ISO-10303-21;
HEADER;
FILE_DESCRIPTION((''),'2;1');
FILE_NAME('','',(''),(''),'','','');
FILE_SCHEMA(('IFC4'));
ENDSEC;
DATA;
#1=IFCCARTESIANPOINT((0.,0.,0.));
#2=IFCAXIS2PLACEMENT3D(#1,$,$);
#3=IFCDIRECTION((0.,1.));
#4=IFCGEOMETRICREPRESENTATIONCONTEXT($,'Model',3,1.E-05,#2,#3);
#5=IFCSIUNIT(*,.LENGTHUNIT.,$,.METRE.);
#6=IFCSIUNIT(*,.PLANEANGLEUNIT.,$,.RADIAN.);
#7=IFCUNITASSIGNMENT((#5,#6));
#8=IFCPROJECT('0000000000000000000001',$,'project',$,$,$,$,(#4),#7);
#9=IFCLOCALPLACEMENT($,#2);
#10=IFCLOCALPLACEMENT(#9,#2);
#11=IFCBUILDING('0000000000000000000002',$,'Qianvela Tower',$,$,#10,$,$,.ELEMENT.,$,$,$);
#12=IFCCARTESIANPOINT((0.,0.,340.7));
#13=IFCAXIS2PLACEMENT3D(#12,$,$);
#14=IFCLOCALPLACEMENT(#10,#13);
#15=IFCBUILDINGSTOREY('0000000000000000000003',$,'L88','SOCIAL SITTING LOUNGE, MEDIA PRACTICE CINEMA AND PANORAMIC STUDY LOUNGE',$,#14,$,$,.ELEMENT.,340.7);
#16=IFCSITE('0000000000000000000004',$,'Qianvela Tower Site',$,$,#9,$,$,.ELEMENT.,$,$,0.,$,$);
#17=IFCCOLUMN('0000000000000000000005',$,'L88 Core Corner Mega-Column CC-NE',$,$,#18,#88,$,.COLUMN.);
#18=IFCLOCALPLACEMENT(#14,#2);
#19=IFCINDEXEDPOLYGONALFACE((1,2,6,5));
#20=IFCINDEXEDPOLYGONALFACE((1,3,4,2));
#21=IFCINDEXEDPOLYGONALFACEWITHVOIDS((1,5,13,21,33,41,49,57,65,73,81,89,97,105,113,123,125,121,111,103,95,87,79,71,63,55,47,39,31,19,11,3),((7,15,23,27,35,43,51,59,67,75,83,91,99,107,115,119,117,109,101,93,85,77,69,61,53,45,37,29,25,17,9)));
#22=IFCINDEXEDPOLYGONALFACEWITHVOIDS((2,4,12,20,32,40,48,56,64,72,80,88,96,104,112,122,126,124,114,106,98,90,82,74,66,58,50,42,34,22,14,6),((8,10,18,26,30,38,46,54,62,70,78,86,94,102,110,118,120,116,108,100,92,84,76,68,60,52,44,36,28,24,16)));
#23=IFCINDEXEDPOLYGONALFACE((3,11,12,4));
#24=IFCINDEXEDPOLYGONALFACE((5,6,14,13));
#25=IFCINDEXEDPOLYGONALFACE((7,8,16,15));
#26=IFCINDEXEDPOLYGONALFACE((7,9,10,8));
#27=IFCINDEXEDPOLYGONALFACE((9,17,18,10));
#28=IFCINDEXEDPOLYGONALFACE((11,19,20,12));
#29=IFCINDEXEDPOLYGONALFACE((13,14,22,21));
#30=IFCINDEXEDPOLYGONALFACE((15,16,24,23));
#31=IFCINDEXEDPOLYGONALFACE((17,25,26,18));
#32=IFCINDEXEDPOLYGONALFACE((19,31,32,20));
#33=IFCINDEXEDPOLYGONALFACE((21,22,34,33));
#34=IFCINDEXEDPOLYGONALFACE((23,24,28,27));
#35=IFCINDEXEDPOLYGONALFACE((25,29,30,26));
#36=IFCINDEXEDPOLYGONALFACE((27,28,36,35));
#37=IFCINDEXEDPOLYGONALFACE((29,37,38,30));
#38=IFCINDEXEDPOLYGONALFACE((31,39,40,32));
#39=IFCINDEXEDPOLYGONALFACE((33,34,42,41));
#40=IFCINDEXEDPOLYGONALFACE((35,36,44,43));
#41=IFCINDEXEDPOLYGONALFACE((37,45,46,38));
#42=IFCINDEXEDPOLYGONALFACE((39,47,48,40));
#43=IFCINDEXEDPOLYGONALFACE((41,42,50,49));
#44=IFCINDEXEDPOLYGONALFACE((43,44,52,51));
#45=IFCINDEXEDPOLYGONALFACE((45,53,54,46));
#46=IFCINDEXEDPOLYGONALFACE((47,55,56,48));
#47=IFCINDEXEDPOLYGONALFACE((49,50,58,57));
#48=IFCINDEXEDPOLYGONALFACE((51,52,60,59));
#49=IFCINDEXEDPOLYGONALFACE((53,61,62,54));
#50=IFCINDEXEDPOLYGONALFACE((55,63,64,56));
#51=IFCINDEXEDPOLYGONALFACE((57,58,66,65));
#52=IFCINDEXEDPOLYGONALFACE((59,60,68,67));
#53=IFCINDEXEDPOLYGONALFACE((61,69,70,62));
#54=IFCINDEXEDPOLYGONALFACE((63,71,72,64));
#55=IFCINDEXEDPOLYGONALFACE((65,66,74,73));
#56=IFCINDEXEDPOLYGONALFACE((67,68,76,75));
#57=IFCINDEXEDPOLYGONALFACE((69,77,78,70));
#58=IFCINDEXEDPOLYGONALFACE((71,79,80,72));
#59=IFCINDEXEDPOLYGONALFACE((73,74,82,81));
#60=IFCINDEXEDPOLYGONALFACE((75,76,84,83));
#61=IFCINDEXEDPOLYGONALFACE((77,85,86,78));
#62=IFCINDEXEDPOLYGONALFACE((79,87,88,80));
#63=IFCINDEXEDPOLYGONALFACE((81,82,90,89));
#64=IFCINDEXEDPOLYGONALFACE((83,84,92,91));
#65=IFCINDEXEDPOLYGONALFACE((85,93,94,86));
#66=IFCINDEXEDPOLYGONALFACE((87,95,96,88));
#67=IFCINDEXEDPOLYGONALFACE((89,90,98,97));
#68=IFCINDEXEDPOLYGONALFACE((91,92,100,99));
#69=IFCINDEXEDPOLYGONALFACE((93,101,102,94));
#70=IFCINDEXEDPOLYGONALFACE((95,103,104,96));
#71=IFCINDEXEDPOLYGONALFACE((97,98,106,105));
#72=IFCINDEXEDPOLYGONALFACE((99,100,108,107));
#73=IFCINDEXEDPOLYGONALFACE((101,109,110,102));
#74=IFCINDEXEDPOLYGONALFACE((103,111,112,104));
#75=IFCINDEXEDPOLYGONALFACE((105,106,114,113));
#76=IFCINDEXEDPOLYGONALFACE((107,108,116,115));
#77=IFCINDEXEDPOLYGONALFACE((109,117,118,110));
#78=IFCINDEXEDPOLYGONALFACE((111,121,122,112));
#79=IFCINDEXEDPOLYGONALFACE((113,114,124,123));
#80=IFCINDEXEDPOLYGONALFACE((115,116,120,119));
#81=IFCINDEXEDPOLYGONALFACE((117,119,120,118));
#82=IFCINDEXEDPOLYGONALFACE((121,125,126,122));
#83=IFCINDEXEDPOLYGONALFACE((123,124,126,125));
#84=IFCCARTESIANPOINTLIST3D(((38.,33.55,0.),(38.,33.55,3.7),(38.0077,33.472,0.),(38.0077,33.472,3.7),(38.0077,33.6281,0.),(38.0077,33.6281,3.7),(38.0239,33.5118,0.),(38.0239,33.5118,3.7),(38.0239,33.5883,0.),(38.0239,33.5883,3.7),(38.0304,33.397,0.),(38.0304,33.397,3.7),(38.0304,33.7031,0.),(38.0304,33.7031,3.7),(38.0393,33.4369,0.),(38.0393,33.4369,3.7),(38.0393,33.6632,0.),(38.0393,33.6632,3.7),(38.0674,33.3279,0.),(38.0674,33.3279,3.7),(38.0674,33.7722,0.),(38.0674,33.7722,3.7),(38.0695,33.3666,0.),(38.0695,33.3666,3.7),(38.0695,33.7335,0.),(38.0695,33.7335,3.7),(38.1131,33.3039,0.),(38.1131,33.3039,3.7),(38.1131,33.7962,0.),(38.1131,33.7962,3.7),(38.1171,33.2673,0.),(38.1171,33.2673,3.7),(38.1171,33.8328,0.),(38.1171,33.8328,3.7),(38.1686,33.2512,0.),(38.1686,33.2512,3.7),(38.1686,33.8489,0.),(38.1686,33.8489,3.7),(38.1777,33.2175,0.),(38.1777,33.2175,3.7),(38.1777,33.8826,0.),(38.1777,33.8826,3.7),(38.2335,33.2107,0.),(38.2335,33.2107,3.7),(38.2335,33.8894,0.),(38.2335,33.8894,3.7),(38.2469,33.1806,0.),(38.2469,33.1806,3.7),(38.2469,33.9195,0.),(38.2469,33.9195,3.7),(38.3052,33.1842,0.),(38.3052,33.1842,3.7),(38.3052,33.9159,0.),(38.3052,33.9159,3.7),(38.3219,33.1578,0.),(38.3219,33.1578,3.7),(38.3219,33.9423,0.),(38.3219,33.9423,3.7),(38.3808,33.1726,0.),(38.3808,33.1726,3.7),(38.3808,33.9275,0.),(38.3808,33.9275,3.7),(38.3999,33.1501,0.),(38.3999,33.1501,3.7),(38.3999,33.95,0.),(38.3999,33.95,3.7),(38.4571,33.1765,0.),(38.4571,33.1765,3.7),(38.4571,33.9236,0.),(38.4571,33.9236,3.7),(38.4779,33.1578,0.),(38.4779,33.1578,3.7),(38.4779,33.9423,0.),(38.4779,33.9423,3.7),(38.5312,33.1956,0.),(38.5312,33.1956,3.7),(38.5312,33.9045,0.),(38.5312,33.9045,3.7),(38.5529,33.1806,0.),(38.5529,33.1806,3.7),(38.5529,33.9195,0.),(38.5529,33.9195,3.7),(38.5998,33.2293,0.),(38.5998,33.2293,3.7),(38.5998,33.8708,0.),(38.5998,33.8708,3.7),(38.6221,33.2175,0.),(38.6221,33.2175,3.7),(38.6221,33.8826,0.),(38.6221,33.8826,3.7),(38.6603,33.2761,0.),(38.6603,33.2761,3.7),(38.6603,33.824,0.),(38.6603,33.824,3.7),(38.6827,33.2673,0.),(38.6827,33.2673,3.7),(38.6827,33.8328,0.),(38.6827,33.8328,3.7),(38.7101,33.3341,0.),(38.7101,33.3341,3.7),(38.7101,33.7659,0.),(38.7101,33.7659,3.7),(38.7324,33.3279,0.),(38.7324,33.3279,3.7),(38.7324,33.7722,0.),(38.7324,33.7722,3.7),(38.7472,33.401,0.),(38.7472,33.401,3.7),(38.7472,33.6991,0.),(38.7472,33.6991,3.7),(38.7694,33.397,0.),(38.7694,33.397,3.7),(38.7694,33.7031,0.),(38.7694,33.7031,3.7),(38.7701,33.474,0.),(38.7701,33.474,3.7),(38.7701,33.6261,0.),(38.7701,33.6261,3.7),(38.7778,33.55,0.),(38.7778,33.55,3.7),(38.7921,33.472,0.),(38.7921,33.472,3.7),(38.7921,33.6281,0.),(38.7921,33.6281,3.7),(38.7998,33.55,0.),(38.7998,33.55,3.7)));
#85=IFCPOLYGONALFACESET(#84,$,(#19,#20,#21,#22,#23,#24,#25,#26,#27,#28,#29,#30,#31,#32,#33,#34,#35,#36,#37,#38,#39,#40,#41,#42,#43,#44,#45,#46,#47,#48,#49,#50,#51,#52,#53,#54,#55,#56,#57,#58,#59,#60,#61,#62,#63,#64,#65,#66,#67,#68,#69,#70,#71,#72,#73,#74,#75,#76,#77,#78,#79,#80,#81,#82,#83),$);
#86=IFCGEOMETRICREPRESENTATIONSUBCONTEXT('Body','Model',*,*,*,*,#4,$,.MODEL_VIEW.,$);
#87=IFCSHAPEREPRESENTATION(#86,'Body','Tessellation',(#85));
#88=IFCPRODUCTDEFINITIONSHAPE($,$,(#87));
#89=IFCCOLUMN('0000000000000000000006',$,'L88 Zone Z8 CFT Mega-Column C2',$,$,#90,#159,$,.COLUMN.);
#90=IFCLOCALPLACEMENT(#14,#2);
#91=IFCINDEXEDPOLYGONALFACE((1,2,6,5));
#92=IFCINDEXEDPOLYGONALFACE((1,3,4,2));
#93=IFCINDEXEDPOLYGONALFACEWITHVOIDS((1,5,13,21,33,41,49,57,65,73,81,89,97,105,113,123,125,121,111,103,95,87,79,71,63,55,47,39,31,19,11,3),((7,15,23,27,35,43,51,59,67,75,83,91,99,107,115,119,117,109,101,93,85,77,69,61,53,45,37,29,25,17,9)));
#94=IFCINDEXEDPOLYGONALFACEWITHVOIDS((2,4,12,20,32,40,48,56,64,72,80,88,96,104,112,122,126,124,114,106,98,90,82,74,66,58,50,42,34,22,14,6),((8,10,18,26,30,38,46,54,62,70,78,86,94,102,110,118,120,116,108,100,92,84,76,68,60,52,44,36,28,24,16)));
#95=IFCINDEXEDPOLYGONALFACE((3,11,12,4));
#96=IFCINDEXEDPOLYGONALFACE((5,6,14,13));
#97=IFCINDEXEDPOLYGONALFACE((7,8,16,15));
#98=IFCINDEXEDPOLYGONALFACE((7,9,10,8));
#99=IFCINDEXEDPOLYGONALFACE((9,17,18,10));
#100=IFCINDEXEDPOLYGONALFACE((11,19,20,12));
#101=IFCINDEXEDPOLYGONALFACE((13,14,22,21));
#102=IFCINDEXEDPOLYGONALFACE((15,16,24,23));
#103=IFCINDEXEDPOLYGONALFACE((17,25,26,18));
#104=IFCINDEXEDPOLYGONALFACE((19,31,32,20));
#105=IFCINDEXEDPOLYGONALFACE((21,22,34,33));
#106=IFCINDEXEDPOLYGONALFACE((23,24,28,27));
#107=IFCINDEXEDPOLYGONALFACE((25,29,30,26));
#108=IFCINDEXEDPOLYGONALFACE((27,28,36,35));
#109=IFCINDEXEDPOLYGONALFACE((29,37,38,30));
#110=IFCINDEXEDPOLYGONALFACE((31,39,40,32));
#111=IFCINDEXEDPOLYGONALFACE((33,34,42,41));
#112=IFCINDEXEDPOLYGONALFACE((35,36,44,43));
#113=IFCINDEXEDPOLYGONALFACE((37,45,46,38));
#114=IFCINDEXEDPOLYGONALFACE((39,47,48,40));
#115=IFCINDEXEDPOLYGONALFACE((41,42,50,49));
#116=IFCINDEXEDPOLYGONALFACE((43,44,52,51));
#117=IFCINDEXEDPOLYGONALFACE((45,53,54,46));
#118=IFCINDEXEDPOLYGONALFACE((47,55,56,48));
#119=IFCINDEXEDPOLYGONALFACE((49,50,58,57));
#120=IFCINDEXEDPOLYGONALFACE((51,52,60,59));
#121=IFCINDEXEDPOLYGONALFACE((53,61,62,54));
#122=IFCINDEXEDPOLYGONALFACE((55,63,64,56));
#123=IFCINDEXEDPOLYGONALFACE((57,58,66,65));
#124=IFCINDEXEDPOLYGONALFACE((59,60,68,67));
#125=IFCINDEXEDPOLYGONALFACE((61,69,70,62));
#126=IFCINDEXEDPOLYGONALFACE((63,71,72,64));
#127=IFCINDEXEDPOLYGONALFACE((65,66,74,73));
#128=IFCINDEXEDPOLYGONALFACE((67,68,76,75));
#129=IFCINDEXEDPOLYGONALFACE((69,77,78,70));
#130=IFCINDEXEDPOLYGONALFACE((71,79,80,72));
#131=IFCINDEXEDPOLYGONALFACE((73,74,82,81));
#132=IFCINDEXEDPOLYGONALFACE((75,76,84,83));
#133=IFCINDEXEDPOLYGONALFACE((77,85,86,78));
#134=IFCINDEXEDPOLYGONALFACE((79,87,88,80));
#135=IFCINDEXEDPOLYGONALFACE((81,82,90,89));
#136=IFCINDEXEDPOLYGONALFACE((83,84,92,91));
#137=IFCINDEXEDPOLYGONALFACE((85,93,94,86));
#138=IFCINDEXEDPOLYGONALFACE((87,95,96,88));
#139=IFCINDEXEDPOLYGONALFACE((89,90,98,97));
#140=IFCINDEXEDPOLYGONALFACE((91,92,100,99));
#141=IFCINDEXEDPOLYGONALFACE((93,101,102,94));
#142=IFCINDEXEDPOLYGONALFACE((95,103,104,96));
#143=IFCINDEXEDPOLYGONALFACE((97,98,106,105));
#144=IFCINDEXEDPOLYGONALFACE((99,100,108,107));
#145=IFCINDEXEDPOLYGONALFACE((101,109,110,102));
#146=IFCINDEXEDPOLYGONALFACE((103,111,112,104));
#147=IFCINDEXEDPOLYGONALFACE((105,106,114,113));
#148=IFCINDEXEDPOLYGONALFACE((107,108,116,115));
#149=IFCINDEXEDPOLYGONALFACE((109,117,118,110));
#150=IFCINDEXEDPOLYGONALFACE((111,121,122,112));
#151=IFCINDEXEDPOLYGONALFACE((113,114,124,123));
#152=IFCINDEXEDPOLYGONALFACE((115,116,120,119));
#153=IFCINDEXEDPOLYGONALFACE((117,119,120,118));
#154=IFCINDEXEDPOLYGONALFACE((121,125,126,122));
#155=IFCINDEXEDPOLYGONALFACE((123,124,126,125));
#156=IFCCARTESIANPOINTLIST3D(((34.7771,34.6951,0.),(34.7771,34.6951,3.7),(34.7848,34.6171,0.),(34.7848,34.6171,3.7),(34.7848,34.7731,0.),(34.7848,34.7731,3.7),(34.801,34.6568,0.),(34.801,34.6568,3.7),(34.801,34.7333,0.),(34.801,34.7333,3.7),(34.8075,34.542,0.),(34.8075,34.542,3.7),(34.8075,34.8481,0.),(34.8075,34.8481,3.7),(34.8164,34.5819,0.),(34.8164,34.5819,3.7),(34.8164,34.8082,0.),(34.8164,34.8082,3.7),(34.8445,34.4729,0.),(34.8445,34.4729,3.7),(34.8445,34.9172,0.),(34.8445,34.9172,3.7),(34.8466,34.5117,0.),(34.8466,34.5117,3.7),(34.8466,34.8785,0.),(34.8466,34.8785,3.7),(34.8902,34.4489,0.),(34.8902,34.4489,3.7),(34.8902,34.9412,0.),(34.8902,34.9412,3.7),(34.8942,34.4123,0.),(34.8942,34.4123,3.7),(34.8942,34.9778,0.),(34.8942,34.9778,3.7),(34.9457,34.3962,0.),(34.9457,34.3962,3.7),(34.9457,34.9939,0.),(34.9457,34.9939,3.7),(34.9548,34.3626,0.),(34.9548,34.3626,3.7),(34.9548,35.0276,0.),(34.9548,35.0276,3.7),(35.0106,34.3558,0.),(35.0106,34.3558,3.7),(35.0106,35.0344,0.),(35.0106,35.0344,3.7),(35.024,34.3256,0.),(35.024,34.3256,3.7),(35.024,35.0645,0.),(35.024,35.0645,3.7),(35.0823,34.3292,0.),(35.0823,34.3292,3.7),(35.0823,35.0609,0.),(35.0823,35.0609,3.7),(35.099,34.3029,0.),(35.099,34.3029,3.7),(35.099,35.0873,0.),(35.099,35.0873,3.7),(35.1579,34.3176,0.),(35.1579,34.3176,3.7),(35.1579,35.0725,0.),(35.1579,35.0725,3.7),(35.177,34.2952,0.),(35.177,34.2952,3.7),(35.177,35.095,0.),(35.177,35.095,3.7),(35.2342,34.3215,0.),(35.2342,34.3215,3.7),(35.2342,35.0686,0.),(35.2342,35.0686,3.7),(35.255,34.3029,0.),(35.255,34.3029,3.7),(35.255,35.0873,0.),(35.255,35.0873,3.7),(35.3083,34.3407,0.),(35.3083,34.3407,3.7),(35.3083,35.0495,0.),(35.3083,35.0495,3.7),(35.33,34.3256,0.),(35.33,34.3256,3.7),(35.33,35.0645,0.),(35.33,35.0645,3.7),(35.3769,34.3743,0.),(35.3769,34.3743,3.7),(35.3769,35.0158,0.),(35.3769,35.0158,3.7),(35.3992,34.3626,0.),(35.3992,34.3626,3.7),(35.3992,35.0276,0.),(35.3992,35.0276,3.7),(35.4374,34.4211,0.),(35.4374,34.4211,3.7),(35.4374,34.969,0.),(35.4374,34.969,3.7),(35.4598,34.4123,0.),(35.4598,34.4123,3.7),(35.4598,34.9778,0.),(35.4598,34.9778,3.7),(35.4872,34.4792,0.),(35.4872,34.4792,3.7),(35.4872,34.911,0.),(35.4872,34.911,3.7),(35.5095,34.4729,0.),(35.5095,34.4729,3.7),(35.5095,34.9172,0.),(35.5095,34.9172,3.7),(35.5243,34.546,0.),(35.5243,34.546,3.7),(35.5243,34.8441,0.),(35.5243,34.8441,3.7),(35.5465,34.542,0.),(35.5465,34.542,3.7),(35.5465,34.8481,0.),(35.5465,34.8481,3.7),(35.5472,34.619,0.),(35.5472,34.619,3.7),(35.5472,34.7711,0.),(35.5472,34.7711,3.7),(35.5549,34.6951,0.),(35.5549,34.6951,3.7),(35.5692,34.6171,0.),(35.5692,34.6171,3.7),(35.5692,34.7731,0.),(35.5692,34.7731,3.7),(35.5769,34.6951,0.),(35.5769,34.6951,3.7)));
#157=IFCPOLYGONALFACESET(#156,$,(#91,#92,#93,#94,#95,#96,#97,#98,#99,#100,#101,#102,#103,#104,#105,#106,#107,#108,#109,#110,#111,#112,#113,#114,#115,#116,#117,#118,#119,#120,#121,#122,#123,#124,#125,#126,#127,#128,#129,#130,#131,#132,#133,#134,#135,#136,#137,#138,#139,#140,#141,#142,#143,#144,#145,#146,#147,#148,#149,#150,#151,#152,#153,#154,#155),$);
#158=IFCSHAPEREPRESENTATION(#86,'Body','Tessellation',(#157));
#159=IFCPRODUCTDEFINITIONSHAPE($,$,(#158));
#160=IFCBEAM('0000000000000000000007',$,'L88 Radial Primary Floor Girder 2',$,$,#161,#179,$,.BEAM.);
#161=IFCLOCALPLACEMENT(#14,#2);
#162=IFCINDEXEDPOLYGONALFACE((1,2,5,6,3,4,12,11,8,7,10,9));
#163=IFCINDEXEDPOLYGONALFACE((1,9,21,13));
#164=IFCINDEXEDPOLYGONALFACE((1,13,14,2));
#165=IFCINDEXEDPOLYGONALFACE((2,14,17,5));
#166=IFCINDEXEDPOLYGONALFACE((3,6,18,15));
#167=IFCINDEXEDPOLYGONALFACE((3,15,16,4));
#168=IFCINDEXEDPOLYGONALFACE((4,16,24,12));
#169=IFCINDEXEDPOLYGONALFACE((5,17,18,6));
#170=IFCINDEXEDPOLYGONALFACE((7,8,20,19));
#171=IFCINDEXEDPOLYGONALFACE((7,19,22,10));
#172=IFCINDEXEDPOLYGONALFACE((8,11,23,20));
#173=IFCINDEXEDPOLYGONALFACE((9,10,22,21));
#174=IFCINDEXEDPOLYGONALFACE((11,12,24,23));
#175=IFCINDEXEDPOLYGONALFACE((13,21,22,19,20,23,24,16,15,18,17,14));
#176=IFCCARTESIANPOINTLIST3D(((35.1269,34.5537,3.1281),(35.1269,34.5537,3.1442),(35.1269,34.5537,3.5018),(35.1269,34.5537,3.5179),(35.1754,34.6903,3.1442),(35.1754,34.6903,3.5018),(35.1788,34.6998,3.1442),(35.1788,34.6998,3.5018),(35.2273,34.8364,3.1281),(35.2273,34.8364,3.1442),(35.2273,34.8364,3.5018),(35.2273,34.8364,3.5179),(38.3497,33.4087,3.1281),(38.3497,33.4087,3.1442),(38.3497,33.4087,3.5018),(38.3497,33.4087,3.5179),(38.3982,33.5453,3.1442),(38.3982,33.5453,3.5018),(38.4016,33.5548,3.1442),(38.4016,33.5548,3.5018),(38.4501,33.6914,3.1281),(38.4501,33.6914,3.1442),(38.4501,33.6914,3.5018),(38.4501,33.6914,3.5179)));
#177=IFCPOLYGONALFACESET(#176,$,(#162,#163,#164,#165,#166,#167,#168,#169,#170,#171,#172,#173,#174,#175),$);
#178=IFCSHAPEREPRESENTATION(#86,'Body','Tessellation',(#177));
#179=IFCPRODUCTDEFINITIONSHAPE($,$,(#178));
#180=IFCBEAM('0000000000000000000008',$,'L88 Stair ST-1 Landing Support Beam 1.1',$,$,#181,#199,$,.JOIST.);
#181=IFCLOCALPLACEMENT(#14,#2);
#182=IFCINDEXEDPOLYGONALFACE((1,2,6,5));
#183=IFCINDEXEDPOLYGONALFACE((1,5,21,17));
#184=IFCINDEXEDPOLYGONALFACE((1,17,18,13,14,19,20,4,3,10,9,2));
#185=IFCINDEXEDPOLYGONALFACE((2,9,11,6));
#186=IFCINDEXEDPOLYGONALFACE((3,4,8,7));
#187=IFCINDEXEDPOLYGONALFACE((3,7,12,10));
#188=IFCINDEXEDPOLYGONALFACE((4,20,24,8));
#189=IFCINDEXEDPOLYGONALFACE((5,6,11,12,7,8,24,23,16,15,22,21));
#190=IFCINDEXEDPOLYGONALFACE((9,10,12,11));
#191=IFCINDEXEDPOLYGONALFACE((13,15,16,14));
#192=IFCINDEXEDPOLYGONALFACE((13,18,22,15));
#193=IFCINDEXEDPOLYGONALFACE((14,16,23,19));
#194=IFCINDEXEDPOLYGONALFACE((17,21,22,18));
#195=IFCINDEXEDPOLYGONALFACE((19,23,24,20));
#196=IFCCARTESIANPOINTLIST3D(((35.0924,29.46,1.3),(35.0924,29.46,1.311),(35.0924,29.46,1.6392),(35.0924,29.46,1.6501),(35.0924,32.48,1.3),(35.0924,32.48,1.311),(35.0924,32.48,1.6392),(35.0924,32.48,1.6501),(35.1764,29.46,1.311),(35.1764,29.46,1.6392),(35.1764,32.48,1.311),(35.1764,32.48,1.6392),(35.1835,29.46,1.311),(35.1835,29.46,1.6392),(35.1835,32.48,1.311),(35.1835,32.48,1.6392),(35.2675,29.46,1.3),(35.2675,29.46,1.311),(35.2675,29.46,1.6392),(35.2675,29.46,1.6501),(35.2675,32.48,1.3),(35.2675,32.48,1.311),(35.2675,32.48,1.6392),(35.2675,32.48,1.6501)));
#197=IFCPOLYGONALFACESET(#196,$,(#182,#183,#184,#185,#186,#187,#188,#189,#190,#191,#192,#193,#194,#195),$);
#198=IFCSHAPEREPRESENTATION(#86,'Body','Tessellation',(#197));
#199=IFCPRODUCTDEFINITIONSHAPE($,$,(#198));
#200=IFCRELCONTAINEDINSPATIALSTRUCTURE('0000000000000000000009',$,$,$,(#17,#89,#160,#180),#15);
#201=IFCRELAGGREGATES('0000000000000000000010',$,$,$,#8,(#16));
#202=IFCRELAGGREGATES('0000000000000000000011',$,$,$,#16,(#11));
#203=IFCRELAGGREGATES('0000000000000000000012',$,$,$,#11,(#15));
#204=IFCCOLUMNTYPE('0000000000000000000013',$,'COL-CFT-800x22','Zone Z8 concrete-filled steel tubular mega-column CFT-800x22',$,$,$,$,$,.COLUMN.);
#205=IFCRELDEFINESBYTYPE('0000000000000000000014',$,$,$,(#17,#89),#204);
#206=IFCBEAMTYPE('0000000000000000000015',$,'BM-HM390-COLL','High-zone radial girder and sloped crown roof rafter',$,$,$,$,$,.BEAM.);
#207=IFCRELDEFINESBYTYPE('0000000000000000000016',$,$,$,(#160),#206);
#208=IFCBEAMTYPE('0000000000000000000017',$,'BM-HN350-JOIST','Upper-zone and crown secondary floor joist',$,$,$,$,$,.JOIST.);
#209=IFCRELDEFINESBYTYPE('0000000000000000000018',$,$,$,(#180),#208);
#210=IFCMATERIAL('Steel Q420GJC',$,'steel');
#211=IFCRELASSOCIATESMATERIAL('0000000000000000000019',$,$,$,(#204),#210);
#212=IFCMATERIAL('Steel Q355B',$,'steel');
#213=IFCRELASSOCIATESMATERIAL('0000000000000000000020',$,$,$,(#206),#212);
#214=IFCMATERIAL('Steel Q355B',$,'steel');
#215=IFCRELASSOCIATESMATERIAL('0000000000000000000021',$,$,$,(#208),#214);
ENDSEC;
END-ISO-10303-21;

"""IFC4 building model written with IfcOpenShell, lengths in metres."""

from ifc_helpers import new_model, si_unit, direction, frame, origin, origin_2d, place, context, subcontext, project, spatial, hollow_circle, i_section, extrude, material, material_profile, profile_set, type_object, element, save


model = new_model("IFC4")

# Units and contexts
model_context = context("Model", 3, precision=1e-05, world=origin(), true_north=direction((0.0, 1.0)))
body_context = subcontext(model_context, "Body", "Model", "MODEL_VIEW")
ifc_project = project(units=[si_unit("LENGTHUNIT", "METRE"), si_unit("PLANEANGLEUNIT", "RADIAN")], contexts=[model_context])

# Site, building, storey
site_placement = place(None, origin())
site = spatial("IfcSite", under=ifc_project, at=site_placement, Name="Qianvela Tower Site", CompositionType="ELEMENT", RefElevation=0.0)
building_placement = place(site_placement, origin())
building = spatial("IfcBuilding", under=site, at=building_placement, Name="Qianvela Tower", CompositionType="ELEMENT")
storey_placement = place(building_placement, frame((0.0, 0.0, 340.7)))
storey = spatial("IfcBuildingStorey", under=building, at=storey_placement, Name="L88", Description="SOCIAL SITTING LOUNGE, MEDIA PRACTICE CINEMA AND PANORAMIC STUDY LOUNGE", CompositionType="ELEMENT", Elevation=340.7)

# Columns
ifc_material_1 = material(Name="Steel Q420GJC", Category="steel")
ifc_material_profile_1 = material_profile(ifc_material_1, hollow_circle(Radius=0.3999, WallThickness=0.022, at=origin_2d()), Name="CFT-800x22")
ifc_profile_set_1 = profile_set([ifc_material_profile_1], Name="Steel Q420GJC")
column_type = type_object("IfcColumnType", Name="COL-CFT-800x22", Description="Zone Z8 concrete-filled steel tubular mega-column CFT-800x22", PredefinedType="COLUMN", material=ifc_profile_set_1)
for number, where, z_axis, x_axis, name in (
    (1, (38.3999, 33.55, 0.0), (0.0, 0.0, 1.0), (1.0, 0.0, 0.0), "L88 Core Corner Mega-Column CC-NE"),
    (2, (35.177, 34.6951, 0.0), (0.0, 0.0, 1.0), (1.0, 0.0, 0.0), "L88 Zone Z8 CFT Mega-Column C2"),
):
    element("IfcColumn", number, at=place(storey_placement, frame(where, z_axis=z_axis, x_axis=x_axis)), inside=storey, type_object=column_type, Name=name, PredefinedType="COLUMN", context=body_context, shape_type="SweptSolid", body=[
        extrude(hollow_circle(Radius=0.3999, WallThickness=0.022, at=origin_2d()), origin(), (0.0, 0.0, 1.0), 3.7),
    ])

# Beams
ifc_material_2 = material(Name="Steel Q355B", Category="steel")
ifc_material_profile_2 = material_profile(ifc_material_2, i_section(OverallWidth=0.3, OverallDepth=0.3899, WebThickness=0.01, FlangeThickness=0.0161, at=origin_2d()), Name="HM390x300x10x16")
ifc_profile_set_2 = profile_set([ifc_material_profile_2], Name="Steel Q355B")
beam_type_1 = type_object("IfcBeamType", Name="BM-HM390-COLL", Description="High-zone radial girder and sloped crown roof rafter", PredefinedType="BEAM", material=ifc_profile_set_2)
beam_1_placement = place(storey_placement, frame((38.3999, 33.55, 3.323), z_axis=(-0.942298, 0.334776, 0.0), x_axis=(-0.334776, -0.942298, 0.0)))
element("IfcBeam", 3, at=beam_1_placement, inside=storey, type_object=beam_type_1, Name="L88 Radial Primary Floor Girder 2", PredefinedType="BEAM", context=body_context, shape_type="SweptSolid", body=[
    extrude(i_section(OverallWidth=0.3, OverallDepth=0.3899, WebThickness=0.01, FlangeThickness=0.0161, at=origin_2d()), origin(), (0.0, 0.0, 1.0), 3.4202),
])
ifc_material_3 = material(Name="Steel Q355B", Category="steel")
ifc_material_profile_3 = material_profile(ifc_material_3, i_section(OverallWidth=0.175, OverallDepth=0.3501, WebThickness=0.0071, FlangeThickness=0.011, at=origin_2d()), Name="HN350x175x7x11")
ifc_profile_set_3 = profile_set([ifc_material_profile_3], Name="Steel Q355B")
beam_type_2 = type_object("IfcBeamType", Name="BM-HN350-JOIST", Description="Upper-zone and crown secondary floor joist", PredefinedType="JOIST", material=ifc_profile_set_3)
for number, where, z_axis, x_axis, name in (
    (4, (35.1799, 29.46, 1.4751), (0.0, 1.0, 0.0), (-1.0, 0.0, 0.0), "L88 Stair ST-1 Landing Support Beam 1.1"),
):
    element("IfcBeam", number, at=place(storey_placement, frame(where, z_axis=z_axis, x_axis=x_axis)), inside=storey, type_object=beam_type_2, Name=name, PredefinedType="JOIST", context=body_context, shape_type="SweptSolid", body=[
        extrude(i_section(OverallWidth=0.175, OverallDepth=0.3501, WebThickness=0.0071, FlangeThickness=0.011, at=origin_2d()), origin(), (0.0, 0.0, 1.0), 3.02),
    ])

save(model, "model.ifc")
